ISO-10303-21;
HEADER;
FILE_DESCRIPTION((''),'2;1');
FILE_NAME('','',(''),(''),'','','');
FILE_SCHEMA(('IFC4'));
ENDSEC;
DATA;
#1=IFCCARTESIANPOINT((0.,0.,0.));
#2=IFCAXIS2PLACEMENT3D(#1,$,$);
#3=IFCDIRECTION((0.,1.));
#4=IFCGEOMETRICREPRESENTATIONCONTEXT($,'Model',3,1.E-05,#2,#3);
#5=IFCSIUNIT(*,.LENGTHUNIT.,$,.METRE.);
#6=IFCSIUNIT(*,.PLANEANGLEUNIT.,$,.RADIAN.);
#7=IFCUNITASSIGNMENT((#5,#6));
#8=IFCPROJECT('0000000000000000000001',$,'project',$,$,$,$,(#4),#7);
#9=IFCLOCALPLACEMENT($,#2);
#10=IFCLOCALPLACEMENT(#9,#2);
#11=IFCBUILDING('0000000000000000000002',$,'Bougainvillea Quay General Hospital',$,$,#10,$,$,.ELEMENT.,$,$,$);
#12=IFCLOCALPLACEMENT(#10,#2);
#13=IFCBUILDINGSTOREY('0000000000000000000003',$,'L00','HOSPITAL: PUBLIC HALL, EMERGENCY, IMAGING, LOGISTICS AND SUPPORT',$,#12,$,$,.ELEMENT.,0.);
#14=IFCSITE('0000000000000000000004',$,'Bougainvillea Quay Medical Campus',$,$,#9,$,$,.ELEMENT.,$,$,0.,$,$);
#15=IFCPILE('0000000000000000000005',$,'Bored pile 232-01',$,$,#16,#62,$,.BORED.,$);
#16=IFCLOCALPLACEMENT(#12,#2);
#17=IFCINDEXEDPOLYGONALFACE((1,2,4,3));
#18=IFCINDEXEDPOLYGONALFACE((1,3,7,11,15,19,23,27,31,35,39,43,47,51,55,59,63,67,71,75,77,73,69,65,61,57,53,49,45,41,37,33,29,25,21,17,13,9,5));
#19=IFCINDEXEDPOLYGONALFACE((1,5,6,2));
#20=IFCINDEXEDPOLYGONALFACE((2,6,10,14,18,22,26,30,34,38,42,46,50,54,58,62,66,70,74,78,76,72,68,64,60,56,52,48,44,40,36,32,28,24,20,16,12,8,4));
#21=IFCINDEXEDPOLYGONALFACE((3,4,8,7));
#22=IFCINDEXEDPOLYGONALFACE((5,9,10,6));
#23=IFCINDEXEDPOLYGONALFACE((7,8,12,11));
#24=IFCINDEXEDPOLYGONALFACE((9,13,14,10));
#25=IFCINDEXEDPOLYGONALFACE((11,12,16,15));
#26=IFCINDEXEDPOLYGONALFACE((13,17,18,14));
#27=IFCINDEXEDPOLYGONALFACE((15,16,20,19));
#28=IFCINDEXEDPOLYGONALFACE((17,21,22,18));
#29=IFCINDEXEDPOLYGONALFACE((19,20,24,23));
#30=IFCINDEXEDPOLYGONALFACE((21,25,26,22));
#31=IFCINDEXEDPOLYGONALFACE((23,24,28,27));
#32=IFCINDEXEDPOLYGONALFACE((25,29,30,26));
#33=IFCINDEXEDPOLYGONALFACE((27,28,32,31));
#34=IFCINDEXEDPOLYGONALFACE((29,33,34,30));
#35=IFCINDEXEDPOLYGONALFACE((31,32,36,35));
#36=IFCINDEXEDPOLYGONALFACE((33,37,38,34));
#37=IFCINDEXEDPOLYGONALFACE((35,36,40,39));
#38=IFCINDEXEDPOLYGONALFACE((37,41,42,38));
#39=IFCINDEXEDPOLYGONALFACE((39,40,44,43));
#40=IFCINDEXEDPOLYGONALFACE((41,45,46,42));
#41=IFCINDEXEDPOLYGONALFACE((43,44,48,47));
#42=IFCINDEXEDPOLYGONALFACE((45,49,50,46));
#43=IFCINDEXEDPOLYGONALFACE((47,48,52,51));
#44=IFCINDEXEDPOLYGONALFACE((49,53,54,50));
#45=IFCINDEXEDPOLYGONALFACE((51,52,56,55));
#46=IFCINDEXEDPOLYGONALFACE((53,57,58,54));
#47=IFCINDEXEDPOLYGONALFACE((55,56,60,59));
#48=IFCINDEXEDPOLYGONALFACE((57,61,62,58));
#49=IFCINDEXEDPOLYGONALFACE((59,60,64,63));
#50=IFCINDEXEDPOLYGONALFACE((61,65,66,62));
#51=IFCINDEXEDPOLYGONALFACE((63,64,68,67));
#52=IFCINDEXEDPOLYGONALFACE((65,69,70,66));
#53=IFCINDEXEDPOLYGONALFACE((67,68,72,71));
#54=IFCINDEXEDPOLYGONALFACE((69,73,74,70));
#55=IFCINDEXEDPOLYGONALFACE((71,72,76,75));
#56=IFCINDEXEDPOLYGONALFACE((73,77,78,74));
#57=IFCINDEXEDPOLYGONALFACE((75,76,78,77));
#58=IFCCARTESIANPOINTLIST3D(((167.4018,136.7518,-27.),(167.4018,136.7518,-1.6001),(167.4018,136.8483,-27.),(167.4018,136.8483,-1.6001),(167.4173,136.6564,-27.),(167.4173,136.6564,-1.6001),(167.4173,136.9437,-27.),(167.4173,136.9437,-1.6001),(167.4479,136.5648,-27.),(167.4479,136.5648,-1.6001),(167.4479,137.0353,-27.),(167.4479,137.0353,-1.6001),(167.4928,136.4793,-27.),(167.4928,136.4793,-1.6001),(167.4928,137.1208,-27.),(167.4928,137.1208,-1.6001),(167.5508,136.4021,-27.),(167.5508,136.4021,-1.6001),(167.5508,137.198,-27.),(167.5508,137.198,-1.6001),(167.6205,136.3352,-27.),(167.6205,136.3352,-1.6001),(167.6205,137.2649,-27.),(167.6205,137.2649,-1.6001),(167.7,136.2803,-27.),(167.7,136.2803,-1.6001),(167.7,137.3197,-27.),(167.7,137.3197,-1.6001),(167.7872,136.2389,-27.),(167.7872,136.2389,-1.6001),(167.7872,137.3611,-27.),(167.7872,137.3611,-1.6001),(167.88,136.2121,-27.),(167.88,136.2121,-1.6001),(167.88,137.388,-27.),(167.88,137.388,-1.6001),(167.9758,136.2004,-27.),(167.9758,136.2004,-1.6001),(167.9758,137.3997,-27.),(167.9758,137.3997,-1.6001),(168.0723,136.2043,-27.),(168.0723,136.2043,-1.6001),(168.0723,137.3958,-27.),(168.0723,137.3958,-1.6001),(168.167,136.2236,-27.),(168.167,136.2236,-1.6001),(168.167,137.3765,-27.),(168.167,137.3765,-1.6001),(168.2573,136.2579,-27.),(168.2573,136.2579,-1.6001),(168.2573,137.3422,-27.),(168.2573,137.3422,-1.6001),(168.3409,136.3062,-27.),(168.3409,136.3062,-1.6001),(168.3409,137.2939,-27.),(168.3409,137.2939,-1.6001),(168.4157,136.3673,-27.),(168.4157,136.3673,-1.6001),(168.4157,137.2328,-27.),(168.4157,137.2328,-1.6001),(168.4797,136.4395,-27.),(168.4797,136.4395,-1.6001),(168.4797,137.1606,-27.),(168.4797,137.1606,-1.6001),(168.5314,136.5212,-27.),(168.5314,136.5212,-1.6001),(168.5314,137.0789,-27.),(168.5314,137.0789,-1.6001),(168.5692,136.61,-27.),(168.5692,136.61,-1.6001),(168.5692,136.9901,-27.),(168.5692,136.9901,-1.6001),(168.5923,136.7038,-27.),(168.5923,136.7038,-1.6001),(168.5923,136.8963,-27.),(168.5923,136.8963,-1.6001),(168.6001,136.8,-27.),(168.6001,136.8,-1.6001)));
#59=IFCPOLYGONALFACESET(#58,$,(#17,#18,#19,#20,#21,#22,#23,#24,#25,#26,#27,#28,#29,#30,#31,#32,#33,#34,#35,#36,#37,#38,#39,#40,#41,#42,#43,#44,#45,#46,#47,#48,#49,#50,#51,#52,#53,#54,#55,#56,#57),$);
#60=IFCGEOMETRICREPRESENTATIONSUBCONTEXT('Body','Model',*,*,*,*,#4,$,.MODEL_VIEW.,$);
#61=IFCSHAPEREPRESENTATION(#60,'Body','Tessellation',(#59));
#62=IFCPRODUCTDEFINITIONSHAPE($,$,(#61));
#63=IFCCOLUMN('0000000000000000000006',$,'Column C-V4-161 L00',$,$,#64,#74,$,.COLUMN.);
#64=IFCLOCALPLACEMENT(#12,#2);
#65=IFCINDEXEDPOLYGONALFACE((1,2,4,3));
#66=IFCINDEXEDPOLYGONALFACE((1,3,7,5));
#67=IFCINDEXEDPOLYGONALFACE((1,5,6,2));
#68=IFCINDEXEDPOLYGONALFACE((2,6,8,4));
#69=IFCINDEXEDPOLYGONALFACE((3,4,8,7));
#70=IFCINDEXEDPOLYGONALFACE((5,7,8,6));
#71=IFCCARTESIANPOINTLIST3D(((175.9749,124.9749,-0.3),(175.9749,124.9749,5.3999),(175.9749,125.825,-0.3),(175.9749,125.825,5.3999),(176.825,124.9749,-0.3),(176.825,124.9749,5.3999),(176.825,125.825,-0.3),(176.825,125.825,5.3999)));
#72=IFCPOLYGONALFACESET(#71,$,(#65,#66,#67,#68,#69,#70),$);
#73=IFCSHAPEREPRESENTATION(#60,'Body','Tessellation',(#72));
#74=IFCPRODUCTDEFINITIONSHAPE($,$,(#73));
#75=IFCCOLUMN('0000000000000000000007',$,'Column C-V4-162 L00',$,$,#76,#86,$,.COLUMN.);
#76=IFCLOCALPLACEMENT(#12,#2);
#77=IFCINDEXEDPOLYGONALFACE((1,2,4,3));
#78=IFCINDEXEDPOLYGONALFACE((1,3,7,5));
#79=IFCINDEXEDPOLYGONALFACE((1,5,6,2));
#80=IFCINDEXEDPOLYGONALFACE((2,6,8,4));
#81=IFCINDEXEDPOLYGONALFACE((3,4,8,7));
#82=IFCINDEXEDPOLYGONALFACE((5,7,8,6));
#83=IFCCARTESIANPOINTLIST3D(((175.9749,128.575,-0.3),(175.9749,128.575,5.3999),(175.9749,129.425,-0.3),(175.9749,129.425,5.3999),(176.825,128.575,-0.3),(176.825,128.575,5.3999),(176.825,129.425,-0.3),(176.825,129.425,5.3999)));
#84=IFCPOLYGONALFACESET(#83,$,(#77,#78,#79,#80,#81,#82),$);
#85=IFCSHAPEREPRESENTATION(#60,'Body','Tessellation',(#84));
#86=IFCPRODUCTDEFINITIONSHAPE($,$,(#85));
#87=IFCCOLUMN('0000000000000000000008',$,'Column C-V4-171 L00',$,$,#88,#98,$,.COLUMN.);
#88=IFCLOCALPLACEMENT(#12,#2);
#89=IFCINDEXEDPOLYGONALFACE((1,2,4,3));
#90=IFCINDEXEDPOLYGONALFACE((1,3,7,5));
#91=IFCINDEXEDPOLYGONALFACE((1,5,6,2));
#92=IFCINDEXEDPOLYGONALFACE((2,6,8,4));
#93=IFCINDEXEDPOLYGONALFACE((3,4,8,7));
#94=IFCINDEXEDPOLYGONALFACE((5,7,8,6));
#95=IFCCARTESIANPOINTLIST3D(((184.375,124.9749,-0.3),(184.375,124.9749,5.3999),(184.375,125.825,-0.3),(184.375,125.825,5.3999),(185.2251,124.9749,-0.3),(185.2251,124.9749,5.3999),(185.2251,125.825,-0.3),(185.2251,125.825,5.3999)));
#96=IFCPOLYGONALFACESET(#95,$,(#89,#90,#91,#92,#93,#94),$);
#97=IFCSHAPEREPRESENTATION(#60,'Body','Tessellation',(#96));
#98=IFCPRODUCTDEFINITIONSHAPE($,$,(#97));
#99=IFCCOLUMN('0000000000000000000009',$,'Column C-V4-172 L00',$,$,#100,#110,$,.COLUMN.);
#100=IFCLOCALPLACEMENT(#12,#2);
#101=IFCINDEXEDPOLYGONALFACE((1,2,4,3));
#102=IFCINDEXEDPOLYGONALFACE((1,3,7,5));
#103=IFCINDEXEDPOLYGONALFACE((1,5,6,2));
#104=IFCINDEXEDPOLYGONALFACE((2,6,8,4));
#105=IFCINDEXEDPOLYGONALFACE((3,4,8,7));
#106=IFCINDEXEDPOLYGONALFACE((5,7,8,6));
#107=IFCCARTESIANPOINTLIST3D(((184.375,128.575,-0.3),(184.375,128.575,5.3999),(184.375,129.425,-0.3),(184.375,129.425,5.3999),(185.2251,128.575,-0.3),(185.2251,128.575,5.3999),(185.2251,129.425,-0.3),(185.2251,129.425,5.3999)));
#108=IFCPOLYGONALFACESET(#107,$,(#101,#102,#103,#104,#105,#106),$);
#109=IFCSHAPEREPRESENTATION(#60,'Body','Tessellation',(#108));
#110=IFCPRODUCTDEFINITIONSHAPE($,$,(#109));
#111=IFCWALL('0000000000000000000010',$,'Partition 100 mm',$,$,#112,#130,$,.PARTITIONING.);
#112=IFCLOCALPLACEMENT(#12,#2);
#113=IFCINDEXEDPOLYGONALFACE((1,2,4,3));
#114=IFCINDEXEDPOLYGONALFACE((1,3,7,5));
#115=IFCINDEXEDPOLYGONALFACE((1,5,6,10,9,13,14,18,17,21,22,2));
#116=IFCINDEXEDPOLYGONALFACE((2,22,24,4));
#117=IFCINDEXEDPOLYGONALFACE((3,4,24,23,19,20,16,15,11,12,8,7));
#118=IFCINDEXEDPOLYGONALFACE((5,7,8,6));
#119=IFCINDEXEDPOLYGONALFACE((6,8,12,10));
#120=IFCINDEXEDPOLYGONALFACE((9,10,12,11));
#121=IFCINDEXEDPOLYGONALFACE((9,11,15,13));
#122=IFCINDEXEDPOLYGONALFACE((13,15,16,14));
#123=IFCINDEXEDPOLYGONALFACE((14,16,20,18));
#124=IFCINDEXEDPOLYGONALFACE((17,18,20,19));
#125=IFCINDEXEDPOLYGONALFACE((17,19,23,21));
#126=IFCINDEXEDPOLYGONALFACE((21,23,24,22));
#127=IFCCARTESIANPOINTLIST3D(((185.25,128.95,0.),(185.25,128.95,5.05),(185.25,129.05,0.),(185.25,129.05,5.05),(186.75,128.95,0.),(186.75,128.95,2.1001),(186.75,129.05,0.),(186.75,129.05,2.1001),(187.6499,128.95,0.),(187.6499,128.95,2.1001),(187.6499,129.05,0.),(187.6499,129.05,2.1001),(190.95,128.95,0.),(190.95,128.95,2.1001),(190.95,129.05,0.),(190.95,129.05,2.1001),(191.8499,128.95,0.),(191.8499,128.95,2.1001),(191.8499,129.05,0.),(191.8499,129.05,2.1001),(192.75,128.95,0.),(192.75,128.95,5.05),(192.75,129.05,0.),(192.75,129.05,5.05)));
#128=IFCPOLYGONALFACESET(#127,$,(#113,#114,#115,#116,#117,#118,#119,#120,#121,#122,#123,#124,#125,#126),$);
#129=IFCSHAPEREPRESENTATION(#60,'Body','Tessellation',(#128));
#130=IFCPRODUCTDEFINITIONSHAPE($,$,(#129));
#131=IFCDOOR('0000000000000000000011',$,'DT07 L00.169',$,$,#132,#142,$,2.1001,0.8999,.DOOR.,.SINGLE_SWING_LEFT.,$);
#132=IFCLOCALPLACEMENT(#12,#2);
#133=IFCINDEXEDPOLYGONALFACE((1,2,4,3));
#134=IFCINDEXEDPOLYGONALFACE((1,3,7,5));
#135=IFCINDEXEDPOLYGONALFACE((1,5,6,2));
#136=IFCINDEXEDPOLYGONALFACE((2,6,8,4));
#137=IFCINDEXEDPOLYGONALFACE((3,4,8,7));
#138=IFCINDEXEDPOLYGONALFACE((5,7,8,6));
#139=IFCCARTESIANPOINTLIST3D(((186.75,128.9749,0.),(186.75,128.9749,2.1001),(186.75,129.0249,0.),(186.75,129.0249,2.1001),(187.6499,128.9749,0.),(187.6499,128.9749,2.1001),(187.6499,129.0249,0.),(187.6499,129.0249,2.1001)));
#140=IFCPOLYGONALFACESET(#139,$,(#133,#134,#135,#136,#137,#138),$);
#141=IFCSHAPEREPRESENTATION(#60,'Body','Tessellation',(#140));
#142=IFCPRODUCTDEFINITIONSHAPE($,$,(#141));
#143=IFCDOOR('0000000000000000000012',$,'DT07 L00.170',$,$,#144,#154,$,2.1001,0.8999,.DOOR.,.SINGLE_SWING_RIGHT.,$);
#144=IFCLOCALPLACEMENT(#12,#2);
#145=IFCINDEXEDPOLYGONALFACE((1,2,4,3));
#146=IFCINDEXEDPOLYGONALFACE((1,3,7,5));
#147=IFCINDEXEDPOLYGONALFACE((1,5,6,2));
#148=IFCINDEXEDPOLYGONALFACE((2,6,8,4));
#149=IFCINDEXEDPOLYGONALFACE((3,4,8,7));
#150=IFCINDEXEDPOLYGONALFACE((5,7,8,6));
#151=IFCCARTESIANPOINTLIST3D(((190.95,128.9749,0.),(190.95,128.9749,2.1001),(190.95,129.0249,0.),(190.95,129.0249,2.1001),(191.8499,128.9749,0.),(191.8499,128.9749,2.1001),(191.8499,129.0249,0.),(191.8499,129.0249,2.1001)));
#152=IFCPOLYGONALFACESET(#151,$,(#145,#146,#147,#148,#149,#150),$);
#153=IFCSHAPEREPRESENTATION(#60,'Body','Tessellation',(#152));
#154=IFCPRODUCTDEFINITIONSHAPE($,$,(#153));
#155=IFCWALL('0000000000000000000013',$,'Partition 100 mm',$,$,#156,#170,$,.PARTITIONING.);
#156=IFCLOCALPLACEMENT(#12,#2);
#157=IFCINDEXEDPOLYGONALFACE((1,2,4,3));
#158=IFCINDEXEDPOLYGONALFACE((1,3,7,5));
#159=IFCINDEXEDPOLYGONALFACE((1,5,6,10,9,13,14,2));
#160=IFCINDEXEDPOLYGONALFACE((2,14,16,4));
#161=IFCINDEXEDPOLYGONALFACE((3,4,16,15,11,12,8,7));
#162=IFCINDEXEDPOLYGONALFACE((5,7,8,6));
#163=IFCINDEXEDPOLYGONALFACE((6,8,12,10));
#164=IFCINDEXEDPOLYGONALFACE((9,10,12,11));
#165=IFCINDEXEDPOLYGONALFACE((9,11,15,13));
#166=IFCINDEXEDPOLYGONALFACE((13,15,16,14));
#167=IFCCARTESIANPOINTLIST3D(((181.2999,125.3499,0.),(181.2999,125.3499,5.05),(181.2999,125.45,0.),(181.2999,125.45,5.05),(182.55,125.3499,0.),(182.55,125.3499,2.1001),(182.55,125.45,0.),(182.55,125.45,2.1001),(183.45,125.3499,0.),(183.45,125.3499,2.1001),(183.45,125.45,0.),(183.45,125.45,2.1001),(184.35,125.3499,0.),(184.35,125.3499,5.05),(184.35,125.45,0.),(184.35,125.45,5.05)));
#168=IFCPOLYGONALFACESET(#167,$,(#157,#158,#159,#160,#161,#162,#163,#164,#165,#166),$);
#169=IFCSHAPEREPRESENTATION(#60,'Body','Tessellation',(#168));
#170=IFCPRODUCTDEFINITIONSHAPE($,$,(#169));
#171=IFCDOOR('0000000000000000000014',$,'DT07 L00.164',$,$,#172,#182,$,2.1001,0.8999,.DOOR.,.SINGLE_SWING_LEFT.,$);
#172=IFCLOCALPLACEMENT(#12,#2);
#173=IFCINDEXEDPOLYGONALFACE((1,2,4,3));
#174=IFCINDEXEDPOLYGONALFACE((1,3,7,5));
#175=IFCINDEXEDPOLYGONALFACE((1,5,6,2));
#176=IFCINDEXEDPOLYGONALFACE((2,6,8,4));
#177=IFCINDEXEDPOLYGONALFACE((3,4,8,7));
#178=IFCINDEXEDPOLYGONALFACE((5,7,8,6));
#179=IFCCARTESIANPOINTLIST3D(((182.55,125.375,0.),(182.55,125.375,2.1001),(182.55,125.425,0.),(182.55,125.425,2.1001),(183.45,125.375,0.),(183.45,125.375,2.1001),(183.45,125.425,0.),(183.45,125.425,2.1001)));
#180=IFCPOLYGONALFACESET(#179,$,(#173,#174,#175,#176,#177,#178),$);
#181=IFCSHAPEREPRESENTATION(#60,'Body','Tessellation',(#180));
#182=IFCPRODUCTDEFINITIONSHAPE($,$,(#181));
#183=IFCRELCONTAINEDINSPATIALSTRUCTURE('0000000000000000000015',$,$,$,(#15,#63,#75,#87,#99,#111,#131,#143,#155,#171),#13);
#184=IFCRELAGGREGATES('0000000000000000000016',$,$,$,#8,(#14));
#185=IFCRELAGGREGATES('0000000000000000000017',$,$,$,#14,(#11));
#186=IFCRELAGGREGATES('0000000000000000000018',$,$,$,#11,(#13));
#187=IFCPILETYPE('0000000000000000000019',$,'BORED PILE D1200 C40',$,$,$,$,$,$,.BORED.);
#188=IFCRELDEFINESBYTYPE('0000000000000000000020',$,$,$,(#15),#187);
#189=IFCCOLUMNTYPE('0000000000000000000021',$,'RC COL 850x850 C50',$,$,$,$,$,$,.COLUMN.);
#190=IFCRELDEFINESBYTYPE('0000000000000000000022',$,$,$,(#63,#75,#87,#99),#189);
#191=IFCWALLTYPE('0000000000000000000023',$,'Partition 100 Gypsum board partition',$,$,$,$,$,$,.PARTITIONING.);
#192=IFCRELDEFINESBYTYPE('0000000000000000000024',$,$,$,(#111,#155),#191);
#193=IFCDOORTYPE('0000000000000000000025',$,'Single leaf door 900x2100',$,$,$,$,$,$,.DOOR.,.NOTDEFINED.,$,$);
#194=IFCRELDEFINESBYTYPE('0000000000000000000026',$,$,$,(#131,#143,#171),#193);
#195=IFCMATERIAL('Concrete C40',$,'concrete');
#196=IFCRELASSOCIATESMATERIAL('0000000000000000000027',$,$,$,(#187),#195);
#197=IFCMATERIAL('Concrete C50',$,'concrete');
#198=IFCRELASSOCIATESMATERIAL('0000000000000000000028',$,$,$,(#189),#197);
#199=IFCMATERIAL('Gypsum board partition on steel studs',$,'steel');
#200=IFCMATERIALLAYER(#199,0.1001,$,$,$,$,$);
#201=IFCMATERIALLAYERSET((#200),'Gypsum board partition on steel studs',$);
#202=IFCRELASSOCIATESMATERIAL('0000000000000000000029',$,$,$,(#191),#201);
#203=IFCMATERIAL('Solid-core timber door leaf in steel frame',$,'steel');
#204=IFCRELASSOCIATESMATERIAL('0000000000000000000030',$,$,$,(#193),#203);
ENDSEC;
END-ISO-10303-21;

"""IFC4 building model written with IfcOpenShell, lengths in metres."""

from ifc_helpers import new_model, si_unit, direction, frame, frame_2d, origin, origin_2d, place, context, subcontext, project, spatial, rectangle, circle, extrude, material, layer, layer_set, material_profile, profile_set, type_object, element, fill, save


model = new_model("IFC4")

# Units and contexts
model_context = context("Model", 3, precision=1e-05, world=origin(), true_north=direction((0.0, 1.0)))
body_context = subcontext(model_context, "Body", "Model", "MODEL_VIEW")
ifc_project = project(units=[si_unit("LENGTHUNIT", "METRE"), si_unit("PLANEANGLEUNIT", "RADIAN")], contexts=[model_context])

# Site, building, storey
site_placement = place(None, origin())
site = spatial("IfcSite", under=ifc_project, at=site_placement, Name="Bougainvillea Quay Medical Campus", CompositionType="ELEMENT", RefElevation=0.0)
building_placement = place(site_placement, origin())
building = spatial("IfcBuilding", under=site, at=building_placement, Name="Bougainvillea Quay General Hospital", CompositionType="ELEMENT")
storey_placement = place(building_placement, origin())
storey = spatial("IfcBuildingStorey", under=building, at=storey_placement, Name="L00", Description="HOSPITAL: PUBLIC HALL, EMERGENCY, IMAGING, LOGISTICS AND SUPPORT", CompositionType="ELEMENT", Elevation=0.0)

# Pile
ifc_material_1 = material(Name="Concrete C40", Category="concrete")
ifc_material_profile_1 = material_profile(ifc_material_1, circle(Radius=0.6001, at=origin_2d()))
ifc_profile_set_1 = profile_set([ifc_material_profile_1], Name="Concrete C40")
pile_type = type_object("IfcPileType", Name="BORED PILE D1200 C40", PredefinedType="BORED", material=ifc_profile_set_1)
for number, where, z_axis, x_axis, name in (
    (1, (168.0, 136.8, -1.6001), (0.0, 0.0, -1.0), (1.0, 0.0, 0.0), "Bored pile 232-01"),
):
    element("IfcPile", number, at=place(storey_placement, frame(where, z_axis=z_axis, x_axis=x_axis)), inside=storey, type_object=pile_type, Name=name, PredefinedType="BORED", context=body_context, shape_type="SweptSolid", body=[
        extrude(circle(Radius=0.6001, at=origin_2d()), origin(), (0.0, 0.0, 1.0), 25.3999),
    ])

# Columns
ifc_material_2 = material(Name="Concrete C50", Category="concrete")
ifc_material_profile_2 = material_profile(ifc_material_2, rectangle(XDim=0.8501, YDim=0.8501, at=origin_2d()))
ifc_profile_set_2 = profile_set([ifc_material_profile_2], Name="Concrete C50")
column_type = type_object("IfcColumnType", Name="RC COL 850x850 C50", PredefinedType="COLUMN", material=ifc_profile_set_2)
for number, where, z_axis, x_axis, name in (
    (2, (176.3999, 125.3999, -0.3), (0.0, 0.0, 1.0), (1.0, 0.0, 0.0), "Column C-V4-161 L00"),
    (3, (176.3999, 129.0, -0.3), (0.0, 0.0, 1.0), (1.0, 0.0, 0.0), "Column C-V4-162 L00"),
    (4, (184.8, 125.3999, -0.3), (0.0, 0.0, 1.0), (1.0, 0.0, 0.0), "Column C-V4-171 L00"),
    (5, (184.8, 129.0, -0.3), (0.0, 0.0, 1.0), (1.0, 0.0, 0.0), "Column C-V4-172 L00"),
):
    element("IfcColumn", number, at=place(storey_placement, frame(where, z_axis=z_axis, x_axis=x_axis)), inside=storey, type_object=column_type, Name=name, PredefinedType="COLUMN", context=body_context, shape_type="SweptSolid", body=[
        extrude(rectangle(XDim=0.8501, YDim=0.8501, at=origin_2d()), origin(), (0.0, 0.0, 1.0), 5.7),
    ])

# Wall, openings, doors
ifc_material_3 = material(Name="Gypsum board partition on steel studs", Category="steel")
ifc_layer_1 = layer(ifc_material_3, 0.1001)
ifc_layer_set_1 = layer_set([ifc_layer_1], Name="Gypsum board partition on steel studs")
wall_type_1 = type_object("IfcWallType", Name="Partition 100 Gypsum board partition", PredefinedType="PARTITIONING", material=ifc_layer_set_1)
wall_1_placement = place(storey_placement, frame((185.25, 129.0, 0.0), z_axis=(0.0, 0.0, 1.0), x_axis=(1.0, 0.0, 0.0)))
wall_1 = element("IfcWall", 6, at=wall_1_placement, inside=storey, type_object=wall_type_1, Name="Partition 100 mm", PredefinedType="PARTITIONING", context=body_context, shape_type="SweptSolid", body=[
    extrude(rectangle(XDim=7.5, YDim=0.1001, at=frame_2d((3.75, 0.0))), origin(), (0.0, 0.0, 1.0), 5.05),
])
opening_1_placement = place(wall_1_placement, frame((1.5, 0.0, 0.0)))
opening_1 = element("IfcOpeningElement", 7, at=opening_1_placement, cuts=wall_1, PredefinedType="OPENING", context=body_context, shape_type="SweptSolid", body=[
    extrude(rectangle(XDim=0.8999, YDim=2.1001, at=frame_2d((0.45, 1.05))), frame((0.0, 0.0601, 0.0), z_axis=(0.0, -1.0, 0.0), x_axis=(1.0, 0.0, 0.0)), (0.0, 0.0, 1.0), 0.1201),
])
opening_2_placement = place(wall_1_placement, frame((5.7, 0.0, 0.0)))
opening_2 = element("IfcOpeningElement", 8, at=opening_2_placement, cuts=wall_1, PredefinedType="OPENING", context=body_context, shape_type="SweptSolid", body=[
    extrude(rectangle(XDim=0.8999, YDim=2.1001, at=frame_2d((0.45, 1.05))), frame((0.0, 0.0601, 0.0), z_axis=(0.0, -1.0, 0.0), x_axis=(1.0, 0.0, 0.0)), (0.0, 0.0, 1.0), 0.1201),
])
ifc_material_4 = material(Name="Solid-core timber door leaf in steel frame", Category="steel")
door_type_1 = type_object("IfcDoorType", Name="Single leaf door 900x2100", OperationType="NOTDEFINED", PredefinedType="DOOR", material=ifc_material_4)
door_1_placement = place(opening_1_placement, origin())
door_1 = element("IfcDoor", 9, at=door_1_placement, inside=storey, type_object=door_type_1, Name="DT07 L00.169", OperationType="SINGLE_SWING_LEFT", OverallHeight=2.1001, OverallWidth=0.8999, PredefinedType="DOOR", context=body_context, shape_type="SweptSolid", body=[
    extrude(rectangle(XDim=0.8999, YDim=2.1001, at=frame_2d((0.45, 1.05))), frame((0.0, 0.0249, 0.0), z_axis=(0.0, -1.0, 0.0), x_axis=(1.0, 0.0, 0.0)), (0.0, 0.0, 1.0), 0.05),
])
fill(opening_1, door_1)
door_2_placement = place(opening_2_placement, origin())
door_2 = element("IfcDoor", 10, at=door_2_placement, inside=storey, type_object=door_type_1, Name="DT07 L00.170", OperationType="SINGLE_SWING_RIGHT", OverallHeight=2.1001, OverallWidth=0.8999, PredefinedType="DOOR", context=body_context, shape_type="SweptSolid", body=[
    extrude(rectangle(XDim=0.8999, YDim=2.1001, at=frame_2d((0.45, 1.05))), frame((0.0, 0.0249, 0.0), z_axis=(0.0, -1.0, 0.0), x_axis=(1.0, 0.0, 0.0)), (0.0, 0.0, 1.0), 0.05),
])
fill(opening_2, door_2)

# Wall, opening, door
wall_2_placement = place(storey_placement, frame((181.3, 125.3999, 0.0), z_axis=(0.0, 0.0, 1.0), x_axis=(1.0, 0.0, 0.0)))
wall_2 = element("IfcWall", 11, at=wall_2_placement, inside=storey, type_object=wall_type_1, Name="Partition 100 mm", PredefinedType="PARTITIONING", context=body_context, shape_type="SweptSolid", body=[
    extrude(rectangle(XDim=3.05, YDim=0.1001, at=frame_2d((1.5249, 0.0))), origin(), (0.0, 0.0, 1.0), 5.05),
])
opening_3_placement = place(wall_2_placement, frame((1.25, 0.0, 0.0)))
opening_3 = element("IfcOpeningElement", 12, at=opening_3_placement, cuts=wall_2, PredefinedType="OPENING", context=body_context, shape_type="SweptSolid", body=[
    extrude(rectangle(XDim=0.8999, YDim=2.1001, at=frame_2d((0.45, 1.05))), frame((0.0, 0.0601, 0.0), z_axis=(0.0, -1.0, 0.0), x_axis=(1.0, 0.0, 0.0)), (0.0, 0.0, 1.0), 0.1201),
])
door_3_placement = place(opening_3_placement, frame((0.8999, 0.0, 0.0), z_axis=(0.0, 0.0, 1.0), x_axis=(-1.0, 0.0, 0.0)))
door_3 = element("IfcDoor", 13, at=door_3_placement, inside=storey, type_object=door_type_1, Name="DT07 L00.164", OperationType="SINGLE_SWING_LEFT", OverallHeight=2.1001, OverallWidth=0.8999, PredefinedType="DOOR", context=body_context, shape_type="SweptSolid", body=[
    extrude(rectangle(XDim=0.8999, YDim=2.1001, at=frame_2d((0.45, 1.05))), frame((0.0, 0.0249, 0.0), z_axis=(0.0, -1.0, 0.0), x_axis=(1.0, 0.0, 0.0)), (0.0, 0.0, 1.0), 0.05),
])
fill(opening_3, door_3)

save(model, "model.ifc")
